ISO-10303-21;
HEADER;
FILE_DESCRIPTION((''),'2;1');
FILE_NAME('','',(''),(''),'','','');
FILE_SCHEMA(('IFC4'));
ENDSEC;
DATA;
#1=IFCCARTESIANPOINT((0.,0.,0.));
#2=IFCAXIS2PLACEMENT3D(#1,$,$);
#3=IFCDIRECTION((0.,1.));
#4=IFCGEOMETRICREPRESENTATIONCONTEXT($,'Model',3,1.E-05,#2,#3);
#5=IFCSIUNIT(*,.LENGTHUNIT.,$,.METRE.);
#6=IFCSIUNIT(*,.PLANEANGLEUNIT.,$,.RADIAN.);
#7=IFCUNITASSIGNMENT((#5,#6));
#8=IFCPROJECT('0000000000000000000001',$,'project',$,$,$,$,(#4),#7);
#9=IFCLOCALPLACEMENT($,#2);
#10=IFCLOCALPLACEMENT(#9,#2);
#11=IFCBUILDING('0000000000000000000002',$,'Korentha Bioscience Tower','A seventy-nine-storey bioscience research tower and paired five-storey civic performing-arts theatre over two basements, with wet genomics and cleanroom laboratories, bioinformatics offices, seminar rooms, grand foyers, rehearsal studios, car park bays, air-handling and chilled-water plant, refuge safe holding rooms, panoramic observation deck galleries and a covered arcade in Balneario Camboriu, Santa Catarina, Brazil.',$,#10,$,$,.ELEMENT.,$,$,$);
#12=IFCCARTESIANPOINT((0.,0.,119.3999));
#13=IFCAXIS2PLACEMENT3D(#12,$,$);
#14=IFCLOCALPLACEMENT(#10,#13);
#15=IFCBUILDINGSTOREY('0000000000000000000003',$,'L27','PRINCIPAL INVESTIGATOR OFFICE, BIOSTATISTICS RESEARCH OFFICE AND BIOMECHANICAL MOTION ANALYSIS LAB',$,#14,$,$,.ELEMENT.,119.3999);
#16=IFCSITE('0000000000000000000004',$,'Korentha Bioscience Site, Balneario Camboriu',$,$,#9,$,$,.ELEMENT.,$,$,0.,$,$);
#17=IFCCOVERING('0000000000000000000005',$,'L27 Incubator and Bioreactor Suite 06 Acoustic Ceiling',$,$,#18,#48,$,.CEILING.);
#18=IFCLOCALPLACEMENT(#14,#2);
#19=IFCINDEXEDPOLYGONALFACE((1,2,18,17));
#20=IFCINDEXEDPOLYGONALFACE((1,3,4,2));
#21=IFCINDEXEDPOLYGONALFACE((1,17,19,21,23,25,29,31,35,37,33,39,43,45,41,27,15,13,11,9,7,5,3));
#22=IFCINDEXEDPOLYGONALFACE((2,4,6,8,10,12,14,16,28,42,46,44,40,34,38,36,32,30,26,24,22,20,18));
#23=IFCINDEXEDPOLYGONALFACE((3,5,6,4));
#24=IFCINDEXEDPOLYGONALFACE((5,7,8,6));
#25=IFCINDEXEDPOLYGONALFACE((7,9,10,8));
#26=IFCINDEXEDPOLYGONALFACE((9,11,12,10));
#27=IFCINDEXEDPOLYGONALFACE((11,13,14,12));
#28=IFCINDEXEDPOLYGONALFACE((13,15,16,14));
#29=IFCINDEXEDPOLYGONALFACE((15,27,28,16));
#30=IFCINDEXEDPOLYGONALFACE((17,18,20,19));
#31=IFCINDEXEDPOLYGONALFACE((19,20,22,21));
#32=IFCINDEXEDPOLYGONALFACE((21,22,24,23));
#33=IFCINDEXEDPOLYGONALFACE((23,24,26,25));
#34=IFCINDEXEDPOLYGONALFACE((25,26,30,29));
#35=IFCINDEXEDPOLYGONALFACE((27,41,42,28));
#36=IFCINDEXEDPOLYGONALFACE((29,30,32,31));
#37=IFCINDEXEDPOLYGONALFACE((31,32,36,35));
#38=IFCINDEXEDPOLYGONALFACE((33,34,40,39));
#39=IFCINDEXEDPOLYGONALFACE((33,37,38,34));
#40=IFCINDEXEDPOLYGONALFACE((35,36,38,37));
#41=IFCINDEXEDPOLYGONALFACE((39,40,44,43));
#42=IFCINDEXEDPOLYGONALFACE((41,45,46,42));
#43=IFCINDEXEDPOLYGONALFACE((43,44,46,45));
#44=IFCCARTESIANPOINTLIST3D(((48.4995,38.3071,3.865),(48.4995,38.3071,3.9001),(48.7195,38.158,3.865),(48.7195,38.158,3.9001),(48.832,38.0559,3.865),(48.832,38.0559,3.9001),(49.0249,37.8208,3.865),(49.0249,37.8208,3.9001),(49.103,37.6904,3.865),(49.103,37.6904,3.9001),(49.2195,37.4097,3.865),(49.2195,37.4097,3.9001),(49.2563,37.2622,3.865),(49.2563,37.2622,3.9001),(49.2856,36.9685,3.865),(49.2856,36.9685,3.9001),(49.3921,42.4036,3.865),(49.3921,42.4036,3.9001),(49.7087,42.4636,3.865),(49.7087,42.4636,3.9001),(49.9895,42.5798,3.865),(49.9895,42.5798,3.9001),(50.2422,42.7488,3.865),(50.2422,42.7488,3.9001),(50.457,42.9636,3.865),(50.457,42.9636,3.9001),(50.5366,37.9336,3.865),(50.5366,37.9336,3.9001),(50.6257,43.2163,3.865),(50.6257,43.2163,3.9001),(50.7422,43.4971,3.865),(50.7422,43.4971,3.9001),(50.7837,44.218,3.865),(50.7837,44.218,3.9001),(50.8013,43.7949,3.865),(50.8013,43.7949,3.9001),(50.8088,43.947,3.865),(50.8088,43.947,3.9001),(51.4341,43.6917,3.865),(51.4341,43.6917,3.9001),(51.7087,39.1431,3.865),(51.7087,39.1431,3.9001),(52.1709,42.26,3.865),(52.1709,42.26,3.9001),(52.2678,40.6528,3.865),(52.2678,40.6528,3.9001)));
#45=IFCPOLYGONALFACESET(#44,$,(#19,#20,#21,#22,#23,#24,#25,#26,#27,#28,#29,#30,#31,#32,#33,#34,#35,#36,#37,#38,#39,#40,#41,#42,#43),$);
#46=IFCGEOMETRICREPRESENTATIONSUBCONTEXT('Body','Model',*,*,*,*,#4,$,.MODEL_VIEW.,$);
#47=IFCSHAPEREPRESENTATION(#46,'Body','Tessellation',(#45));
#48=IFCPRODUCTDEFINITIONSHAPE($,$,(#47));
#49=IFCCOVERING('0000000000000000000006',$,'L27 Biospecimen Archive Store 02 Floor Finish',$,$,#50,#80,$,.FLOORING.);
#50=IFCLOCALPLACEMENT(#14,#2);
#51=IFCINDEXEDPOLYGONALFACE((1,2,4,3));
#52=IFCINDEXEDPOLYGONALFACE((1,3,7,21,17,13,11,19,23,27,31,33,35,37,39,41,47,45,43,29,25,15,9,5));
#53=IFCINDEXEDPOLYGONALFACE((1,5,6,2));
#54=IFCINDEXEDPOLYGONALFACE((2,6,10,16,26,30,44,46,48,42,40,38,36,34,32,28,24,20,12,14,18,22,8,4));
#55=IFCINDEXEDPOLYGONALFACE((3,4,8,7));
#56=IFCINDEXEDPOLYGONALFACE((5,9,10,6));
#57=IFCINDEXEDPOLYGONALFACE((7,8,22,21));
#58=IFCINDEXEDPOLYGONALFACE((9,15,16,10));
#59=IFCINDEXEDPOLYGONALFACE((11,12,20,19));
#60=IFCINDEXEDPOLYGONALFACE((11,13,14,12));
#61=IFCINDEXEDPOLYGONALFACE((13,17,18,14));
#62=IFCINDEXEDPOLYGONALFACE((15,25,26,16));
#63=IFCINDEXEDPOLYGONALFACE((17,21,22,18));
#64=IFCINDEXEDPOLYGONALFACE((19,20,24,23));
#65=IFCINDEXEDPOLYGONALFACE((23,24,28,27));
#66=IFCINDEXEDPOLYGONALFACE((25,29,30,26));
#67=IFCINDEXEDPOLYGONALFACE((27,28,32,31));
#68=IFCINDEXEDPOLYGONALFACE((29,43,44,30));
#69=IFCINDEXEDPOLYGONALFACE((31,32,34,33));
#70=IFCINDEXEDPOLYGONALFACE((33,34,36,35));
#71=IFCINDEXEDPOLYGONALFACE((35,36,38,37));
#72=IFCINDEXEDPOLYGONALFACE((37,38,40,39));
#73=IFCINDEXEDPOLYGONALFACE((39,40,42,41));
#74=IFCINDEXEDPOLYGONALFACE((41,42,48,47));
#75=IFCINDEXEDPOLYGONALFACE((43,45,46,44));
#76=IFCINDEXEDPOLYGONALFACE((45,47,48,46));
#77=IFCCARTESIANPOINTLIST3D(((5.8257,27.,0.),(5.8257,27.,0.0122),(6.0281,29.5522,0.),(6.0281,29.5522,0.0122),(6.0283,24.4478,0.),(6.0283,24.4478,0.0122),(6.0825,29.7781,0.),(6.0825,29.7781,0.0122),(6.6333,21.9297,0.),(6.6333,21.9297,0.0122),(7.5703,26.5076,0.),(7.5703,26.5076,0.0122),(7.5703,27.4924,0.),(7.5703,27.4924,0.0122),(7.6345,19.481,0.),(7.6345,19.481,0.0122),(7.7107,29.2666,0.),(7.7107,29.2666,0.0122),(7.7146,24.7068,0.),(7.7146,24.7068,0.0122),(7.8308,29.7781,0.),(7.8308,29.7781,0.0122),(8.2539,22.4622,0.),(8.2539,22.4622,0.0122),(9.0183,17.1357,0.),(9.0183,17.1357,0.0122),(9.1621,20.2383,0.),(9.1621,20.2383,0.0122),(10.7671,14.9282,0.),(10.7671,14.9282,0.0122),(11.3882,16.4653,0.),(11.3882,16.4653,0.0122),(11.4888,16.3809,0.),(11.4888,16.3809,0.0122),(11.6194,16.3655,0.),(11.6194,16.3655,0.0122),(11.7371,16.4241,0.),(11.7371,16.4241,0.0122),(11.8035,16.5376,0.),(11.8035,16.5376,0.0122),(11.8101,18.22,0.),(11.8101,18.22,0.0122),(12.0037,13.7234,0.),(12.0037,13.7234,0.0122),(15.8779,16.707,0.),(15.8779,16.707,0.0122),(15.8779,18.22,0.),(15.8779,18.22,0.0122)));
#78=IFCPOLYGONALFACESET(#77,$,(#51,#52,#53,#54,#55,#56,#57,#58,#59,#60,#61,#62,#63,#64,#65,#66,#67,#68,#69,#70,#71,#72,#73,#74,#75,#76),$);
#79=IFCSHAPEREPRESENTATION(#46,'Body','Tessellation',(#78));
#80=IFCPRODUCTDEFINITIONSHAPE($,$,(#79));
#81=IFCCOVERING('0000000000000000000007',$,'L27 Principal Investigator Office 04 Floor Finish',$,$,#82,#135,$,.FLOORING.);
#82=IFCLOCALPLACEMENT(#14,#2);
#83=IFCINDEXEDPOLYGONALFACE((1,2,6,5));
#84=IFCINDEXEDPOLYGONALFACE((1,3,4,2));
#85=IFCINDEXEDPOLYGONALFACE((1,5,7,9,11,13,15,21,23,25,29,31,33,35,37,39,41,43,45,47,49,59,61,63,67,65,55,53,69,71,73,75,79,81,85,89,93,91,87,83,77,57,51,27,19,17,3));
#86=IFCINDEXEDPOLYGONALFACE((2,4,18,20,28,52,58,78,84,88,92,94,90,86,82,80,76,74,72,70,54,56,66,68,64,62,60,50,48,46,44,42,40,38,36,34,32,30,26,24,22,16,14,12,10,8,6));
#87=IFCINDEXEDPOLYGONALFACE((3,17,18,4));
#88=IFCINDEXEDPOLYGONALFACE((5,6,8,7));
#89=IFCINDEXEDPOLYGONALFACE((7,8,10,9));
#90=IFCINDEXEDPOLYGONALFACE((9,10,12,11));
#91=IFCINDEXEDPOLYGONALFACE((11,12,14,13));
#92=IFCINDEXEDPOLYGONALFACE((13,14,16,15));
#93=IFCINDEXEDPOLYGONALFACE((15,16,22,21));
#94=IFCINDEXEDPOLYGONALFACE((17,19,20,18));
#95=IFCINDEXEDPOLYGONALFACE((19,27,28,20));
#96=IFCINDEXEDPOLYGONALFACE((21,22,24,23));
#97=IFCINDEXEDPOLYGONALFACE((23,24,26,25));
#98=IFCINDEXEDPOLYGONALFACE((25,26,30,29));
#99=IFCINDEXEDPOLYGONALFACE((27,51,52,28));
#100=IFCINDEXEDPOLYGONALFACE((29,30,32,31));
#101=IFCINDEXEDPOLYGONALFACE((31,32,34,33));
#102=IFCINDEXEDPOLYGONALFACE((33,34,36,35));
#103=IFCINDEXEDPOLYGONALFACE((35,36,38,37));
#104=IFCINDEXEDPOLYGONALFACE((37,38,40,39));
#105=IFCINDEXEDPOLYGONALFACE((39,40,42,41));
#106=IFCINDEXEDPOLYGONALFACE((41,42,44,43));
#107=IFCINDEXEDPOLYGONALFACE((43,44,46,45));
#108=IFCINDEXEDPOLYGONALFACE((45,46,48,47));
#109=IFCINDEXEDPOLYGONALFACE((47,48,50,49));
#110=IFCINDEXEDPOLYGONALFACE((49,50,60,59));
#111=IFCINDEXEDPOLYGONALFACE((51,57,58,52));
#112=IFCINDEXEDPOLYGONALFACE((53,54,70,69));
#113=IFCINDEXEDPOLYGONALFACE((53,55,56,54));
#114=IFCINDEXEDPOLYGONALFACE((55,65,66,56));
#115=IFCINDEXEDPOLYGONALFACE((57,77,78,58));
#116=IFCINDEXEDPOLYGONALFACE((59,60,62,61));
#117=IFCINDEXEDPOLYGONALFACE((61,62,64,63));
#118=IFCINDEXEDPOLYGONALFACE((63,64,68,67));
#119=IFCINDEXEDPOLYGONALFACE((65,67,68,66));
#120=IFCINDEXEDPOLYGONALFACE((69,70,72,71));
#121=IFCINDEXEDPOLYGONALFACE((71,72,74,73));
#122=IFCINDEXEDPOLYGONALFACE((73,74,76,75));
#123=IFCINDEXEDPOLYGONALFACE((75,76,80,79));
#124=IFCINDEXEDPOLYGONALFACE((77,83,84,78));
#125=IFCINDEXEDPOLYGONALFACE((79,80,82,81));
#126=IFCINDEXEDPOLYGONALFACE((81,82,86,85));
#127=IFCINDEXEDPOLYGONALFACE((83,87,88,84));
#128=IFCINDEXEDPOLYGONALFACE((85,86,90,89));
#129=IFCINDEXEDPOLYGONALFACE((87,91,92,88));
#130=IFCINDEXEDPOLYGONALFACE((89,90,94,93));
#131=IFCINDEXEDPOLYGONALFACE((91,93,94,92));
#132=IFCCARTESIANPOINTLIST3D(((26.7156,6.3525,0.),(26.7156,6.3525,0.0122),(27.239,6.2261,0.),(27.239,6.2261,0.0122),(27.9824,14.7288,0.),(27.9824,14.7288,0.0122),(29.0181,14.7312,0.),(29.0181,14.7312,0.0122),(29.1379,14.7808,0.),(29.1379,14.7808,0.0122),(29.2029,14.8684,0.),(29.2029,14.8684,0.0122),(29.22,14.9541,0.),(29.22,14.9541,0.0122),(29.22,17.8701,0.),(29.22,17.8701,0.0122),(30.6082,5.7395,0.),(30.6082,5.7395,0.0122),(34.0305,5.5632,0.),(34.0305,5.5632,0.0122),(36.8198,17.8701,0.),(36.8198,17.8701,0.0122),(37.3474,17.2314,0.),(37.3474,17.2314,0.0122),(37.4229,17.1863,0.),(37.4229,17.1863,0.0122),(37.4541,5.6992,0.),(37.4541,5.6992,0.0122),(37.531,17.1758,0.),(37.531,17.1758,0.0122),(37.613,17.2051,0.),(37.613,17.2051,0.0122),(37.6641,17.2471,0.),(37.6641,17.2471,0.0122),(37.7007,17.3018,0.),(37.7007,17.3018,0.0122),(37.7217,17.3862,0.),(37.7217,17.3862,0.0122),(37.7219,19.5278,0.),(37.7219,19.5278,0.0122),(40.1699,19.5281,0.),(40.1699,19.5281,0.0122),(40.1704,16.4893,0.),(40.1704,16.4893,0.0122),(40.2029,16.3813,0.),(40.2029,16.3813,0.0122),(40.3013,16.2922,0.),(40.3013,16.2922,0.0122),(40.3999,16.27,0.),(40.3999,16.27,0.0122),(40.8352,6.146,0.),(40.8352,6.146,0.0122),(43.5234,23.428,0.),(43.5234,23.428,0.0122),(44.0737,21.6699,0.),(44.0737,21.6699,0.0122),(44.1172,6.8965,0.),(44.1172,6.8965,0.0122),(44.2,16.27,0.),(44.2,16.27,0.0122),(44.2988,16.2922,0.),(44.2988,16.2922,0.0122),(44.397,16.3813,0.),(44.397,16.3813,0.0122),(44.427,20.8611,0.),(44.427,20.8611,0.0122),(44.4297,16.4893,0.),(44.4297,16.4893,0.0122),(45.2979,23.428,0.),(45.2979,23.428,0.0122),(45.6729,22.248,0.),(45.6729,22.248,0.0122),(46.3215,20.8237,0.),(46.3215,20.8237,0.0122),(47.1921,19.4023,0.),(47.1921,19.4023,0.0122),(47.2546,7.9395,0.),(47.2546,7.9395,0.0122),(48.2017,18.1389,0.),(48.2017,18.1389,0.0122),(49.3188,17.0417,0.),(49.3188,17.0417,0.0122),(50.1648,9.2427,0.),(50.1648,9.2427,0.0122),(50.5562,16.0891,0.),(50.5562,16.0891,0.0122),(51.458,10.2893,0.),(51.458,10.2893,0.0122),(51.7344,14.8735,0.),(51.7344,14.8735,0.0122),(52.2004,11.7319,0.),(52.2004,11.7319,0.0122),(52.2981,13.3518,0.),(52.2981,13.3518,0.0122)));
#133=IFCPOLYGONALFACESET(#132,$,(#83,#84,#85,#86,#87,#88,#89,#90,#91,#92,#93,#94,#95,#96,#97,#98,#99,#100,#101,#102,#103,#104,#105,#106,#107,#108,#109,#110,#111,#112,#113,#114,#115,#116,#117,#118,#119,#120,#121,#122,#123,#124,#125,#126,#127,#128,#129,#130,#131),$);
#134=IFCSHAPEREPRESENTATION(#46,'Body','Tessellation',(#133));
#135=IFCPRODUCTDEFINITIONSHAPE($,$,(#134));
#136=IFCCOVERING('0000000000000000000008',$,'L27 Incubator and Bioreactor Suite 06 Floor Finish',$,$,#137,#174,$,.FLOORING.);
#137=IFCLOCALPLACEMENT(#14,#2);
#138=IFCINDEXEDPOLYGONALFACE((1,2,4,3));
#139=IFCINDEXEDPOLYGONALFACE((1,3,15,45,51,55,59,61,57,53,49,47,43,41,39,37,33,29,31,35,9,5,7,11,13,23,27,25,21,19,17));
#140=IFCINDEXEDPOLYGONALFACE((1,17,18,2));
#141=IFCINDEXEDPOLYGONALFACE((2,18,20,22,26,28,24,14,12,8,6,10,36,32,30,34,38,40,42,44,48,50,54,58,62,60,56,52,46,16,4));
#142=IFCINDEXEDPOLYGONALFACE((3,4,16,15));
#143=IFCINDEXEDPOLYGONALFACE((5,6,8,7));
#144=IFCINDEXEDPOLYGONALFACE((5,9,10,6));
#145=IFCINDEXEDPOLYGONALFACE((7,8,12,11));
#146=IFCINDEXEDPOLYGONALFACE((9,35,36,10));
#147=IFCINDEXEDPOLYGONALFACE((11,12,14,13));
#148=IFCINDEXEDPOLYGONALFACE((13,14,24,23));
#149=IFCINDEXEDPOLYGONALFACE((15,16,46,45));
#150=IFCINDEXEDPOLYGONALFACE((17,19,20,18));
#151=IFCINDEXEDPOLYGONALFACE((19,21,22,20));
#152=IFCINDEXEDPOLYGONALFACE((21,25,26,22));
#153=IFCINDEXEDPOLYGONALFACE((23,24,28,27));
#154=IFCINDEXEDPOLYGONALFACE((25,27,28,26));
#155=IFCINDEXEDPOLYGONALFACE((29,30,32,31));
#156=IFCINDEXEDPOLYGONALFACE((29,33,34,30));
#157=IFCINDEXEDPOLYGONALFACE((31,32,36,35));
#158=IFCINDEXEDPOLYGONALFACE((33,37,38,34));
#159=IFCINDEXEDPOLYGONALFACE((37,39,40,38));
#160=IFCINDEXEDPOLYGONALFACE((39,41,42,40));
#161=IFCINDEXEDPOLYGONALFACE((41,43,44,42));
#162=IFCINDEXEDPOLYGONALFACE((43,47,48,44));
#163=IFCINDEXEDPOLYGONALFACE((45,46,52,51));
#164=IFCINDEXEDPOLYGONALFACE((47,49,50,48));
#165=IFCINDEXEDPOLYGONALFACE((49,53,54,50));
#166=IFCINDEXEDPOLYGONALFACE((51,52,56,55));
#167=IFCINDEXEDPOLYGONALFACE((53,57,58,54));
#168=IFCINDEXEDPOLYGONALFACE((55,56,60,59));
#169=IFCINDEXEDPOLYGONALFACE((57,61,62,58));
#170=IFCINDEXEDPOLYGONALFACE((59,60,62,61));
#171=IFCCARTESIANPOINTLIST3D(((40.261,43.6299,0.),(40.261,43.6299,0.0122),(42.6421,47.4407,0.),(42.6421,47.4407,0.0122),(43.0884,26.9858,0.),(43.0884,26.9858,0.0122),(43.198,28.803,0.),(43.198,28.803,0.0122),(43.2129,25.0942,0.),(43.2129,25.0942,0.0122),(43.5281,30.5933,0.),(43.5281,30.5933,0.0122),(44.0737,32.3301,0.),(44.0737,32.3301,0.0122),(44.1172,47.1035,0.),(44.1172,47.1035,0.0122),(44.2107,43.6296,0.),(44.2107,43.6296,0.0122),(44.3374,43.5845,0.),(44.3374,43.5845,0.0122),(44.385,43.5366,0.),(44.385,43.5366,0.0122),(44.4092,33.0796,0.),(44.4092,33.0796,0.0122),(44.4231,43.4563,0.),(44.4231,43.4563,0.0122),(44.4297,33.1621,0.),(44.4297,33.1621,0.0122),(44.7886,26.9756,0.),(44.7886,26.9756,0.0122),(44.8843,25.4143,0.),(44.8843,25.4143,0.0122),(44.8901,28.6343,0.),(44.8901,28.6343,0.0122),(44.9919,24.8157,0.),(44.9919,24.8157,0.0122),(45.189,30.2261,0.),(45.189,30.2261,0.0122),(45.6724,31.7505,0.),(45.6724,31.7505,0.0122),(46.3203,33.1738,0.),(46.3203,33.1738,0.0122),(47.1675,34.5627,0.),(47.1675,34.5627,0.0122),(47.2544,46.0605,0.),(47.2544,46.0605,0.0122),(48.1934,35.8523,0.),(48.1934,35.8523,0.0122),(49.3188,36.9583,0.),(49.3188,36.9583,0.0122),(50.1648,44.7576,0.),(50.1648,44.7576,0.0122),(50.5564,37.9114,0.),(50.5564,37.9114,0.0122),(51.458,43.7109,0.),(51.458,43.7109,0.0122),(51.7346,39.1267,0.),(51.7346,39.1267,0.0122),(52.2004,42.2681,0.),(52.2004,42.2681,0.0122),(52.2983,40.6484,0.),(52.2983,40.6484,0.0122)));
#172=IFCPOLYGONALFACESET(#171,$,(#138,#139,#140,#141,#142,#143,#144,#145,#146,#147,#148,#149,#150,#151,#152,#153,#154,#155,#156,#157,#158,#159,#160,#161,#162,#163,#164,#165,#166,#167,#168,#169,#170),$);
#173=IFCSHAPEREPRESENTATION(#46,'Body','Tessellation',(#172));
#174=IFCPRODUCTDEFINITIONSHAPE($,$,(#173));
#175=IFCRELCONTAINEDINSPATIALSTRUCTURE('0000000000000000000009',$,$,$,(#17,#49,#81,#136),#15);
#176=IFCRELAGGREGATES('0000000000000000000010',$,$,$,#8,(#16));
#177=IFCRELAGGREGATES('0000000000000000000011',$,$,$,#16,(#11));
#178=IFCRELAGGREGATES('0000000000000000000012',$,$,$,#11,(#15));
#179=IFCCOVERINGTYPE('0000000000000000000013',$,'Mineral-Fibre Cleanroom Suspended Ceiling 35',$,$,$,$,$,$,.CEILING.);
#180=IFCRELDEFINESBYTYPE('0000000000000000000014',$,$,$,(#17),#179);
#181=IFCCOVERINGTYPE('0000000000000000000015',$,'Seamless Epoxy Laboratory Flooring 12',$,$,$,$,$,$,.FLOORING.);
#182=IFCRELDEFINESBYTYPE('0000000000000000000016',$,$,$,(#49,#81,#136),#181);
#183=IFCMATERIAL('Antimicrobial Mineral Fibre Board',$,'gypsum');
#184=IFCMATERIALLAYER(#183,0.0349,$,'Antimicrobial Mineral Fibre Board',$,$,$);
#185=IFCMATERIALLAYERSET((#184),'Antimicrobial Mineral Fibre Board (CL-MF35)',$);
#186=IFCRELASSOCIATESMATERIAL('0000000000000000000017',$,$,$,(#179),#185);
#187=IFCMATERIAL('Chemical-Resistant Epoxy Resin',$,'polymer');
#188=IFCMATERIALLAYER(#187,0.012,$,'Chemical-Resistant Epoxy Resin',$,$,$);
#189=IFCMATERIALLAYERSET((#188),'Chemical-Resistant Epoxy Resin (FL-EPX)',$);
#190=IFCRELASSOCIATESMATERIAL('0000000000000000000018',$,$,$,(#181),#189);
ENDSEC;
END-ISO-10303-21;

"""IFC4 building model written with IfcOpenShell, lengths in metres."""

from ifc_helpers import new_model, si_unit, direction, frame, origin, place, context, subcontext, project, spatial, polyline, outline, extrude, material, layer, layer_set, type_object, element, save


model = new_model("IFC4")

# Units and contexts
model_context = context("Model", 3, precision=1e-05, world=origin(), true_north=direction((0.0, 1.0)))
body_context = subcontext(model_context, "Body", "Model", "MODEL_VIEW")
ifc_project = project(units=[si_unit("LENGTHUNIT", "METRE"), si_unit("PLANEANGLEUNIT", "RADIAN")], contexts=[model_context])

# Site, building, storey
site_placement = place(None, origin())
site = spatial("IfcSite", under=ifc_project, at=site_placement, Name="Korentha Bioscience Site, Balneario Camboriu", CompositionType="ELEMENT", RefElevation=0.0)
building_placement = place(site_placement, origin())
building = spatial("IfcBuilding", under=site, at=building_placement, Name="Korentha Bioscience Tower", Description="A seventy-nine-storey bioscience research tower and paired five-storey civic performing-arts theatre over two basements, with wet genomics and cleanroom laboratories, bioinformatics offices, seminar rooms, grand foyers, rehearsal studios, car park bays, air-handling and chilled-water plant, refuge safe holding rooms, panoramic observation deck galleries and a covered arcade in Balneario Camboriu, Santa Catarina, Brazil.", CompositionType="ELEMENT")
storey_placement = place(building_placement, frame((0.0, 0.0, 119.3999)))
storey = spatial("IfcBuildingStorey", under=building, at=storey_placement, Name="L27", Description="PRINCIPAL INVESTIGATOR OFFICE, BIOSTATISTICS RESEARCH OFFICE AND BIOMECHANICAL MOTION ANALYSIS LAB", CompositionType="ELEMENT", Elevation=119.3999)

# Coverings
ifc_material_1 = material(Name="Antimicrobial Mineral Fibre Board", Category="gypsum")
ifc_layer_1 = layer(ifc_material_1, 0.0349, Name="Antimicrobial Mineral Fibre Board")
ifc_layer_set_1 = layer_set([ifc_layer_1], Name="Antimicrobial Mineral Fibre Board (CL-MF35)")
covering_type_1 = type_object("IfcCoveringType", Name="Mineral-Fibre Cleanroom Suspended Ceiling 35", PredefinedType="CEILING", material=ifc_layer_set_1)
covering_1_placement = place(storey_placement, frame((0.0, 0.0, 3.865)))
element("IfcCovering", 1, at=covering_1_placement, inside=storey, type_object=covering_type_1, Name="L27 Incubator and Bioreactor Suite 06 Acoustic Ceiling", PredefinedType="CEILING", context=body_context, shape_type="SweptSolid", body=[
    extrude(outline(polyline([(51.4341, 43.6917), (52.1709, 42.26), (52.2678, 40.6528), (51.7087, 39.1431), (50.5366, 37.9336), (49.2856, 36.9685), (49.2563, 37.2622), (49.2195, 37.4097), (49.103, 37.6904), (49.0249, 37.8208), (48.832, 38.0559), (48.7195, 38.158), (48.4995, 38.3071), (49.3921, 42.4036), (49.7087, 42.4636), (49.9895, 42.5798), (50.2422, 42.7488), (50.457, 42.9636), (50.6257, 43.2163), (50.7422, 43.4971), (50.8013, 43.7949), (50.8088, 43.947), (50.7837, 44.218), (51.4341, 43.6917)])), origin(), (0.0, 0.0, 1.0), 0.0352),
])
ifc_material_2 = material(Name="Chemical-Resistant Epoxy Resin", Category="polymer")
ifc_layer_2 = layer(ifc_material_2, 0.012, Name="Chemical-Resistant Epoxy Resin")
ifc_layer_set_2 = layer_set([ifc_layer_2], Name="Chemical-Resistant Epoxy Resin (FL-EPX)")
covering_type_2 = type_object("IfcCoveringType", Name="Seamless Epoxy Laboratory Flooring 12", PredefinedType="FLOORING", material=ifc_layer_set_2)
covering_2_placement = place(storey_placement, origin())
element("IfcCovering", 2, at=covering_2_placement, inside=storey, type_object=covering_type_2, Name="L27 Biospecimen Archive Store 02 Floor Finish", PredefinedType="FLOORING", context=body_context, shape_type="SweptSolid", body=[
    extrude(outline(polyline([(7.8308, 29.7781), (7.7107, 29.2666), (7.5703, 27.4924), (7.5703, 26.5076), (7.7146, 24.7068), (8.2539, 22.4622), (9.1621, 20.2383), (11.3882, 16.4653), (11.4888, 16.3809), (11.6194, 16.3655), (11.7371, 16.4241), (11.8035, 16.5376), (11.8101, 18.22), (15.8779, 18.22), (15.8779, 16.707), (12.0037, 13.7234), (10.7671, 14.9282), (9.0183, 17.1357), (7.6345, 19.481), (6.6333, 21.9297), (6.0283, 24.4478), (5.8257, 27.0), (6.0281, 29.5522), (6.0825, 29.7781), (7.8308, 29.7781)])), origin(), (0.0, 0.0, 1.0), 0.0122),
])
covering_3_placement = place(storey_placement, origin())
element("IfcCovering", 3, at=covering_3_placement, inside=storey, type_object=covering_type_2, Name="L27 Principal Investigator Office 04 Floor Finish", PredefinedType="FLOORING", context=body_context, shape_type="SweptSolid", body=[
    extrude(outline(polyline([(27.9824, 14.7288), (29.0181, 14.7312), (29.1379, 14.7808), (29.2029, 14.8684), (29.22, 14.9541), (29.22, 17.8701), (36.8198, 17.8701), (37.3474, 17.2314), (37.4229, 17.1863), (37.531, 17.1758), (37.613, 17.2051), (37.6641, 17.2471), (37.7007, 17.3018), (37.7217, 17.3862), (37.7219, 19.5278), (40.1699, 19.5281), (40.1704, 16.4893), (40.2029, 16.3813), (40.3013, 16.2922), (40.3999, 16.27), (44.2, 16.27), (44.2988, 16.2922), (44.397, 16.3813), (44.4297, 16.4893), (44.427, 20.8611), (44.0737, 21.6699), (43.5234, 23.428), (45.2979, 23.428), (45.6729, 22.248), (46.3215, 20.8237), (47.1921, 19.4023), (48.2017, 18.1389), (49.3188, 17.0417), (50.5562, 16.0891), (51.7344, 14.8735), (52.2981, 13.3518), (52.2004, 11.7319), (51.458, 10.2893), (50.1648, 9.2427), (47.2546, 7.9395), (44.1172, 6.8965), (40.8352, 6.146), (37.4541, 5.6992), (34.0305, 5.5632), (30.6082, 5.7395), (27.239, 6.2261), (26.7156, 6.3525), (27.9824, 14.7288)])), origin(), (0.0, 0.0, 1.0), 0.0122),
])
covering_4_placement = place(storey_placement, origin())
element("IfcCovering", 4, at=covering_4_placement, inside=storey, type_object=covering_type_2, Name="L27 Incubator and Bioreactor Suite 06 Floor Finish", PredefinedType="FLOORING", context=body_context, shape_type="SweptSolid", body=[
    extrude(outline(polyline([(44.1172, 47.1035), (47.2544, 46.0605), (50.1648, 44.7576), (51.458, 43.7109), (52.2004, 42.2681), (52.2983, 40.6484), (51.7346, 39.1267), (50.5564, 37.9114), (49.3188, 36.9583), (48.1934, 35.8523), (47.1675, 34.5627), (46.3203, 33.1738), (45.6724, 31.7505), (45.189, 30.2261), (44.8901, 28.6343), (44.7886, 26.9756), (44.8843, 25.4143), (44.9919, 24.8157), (43.2129, 25.0942), (43.0884, 26.9858), (43.198, 28.803), (43.5281, 30.5933), (44.0737, 32.3301), (44.4092, 33.0796), (44.4297, 33.1621), (44.4231, 43.4563), (44.385, 43.5366), (44.3374, 43.5845), (44.2107, 43.6296), (40.261, 43.6299), (42.6421, 47.4407), (44.1172, 47.1035)])), origin(), (0.0, 0.0, 1.0), 0.0122),
])

save(model, "model.ifc")
